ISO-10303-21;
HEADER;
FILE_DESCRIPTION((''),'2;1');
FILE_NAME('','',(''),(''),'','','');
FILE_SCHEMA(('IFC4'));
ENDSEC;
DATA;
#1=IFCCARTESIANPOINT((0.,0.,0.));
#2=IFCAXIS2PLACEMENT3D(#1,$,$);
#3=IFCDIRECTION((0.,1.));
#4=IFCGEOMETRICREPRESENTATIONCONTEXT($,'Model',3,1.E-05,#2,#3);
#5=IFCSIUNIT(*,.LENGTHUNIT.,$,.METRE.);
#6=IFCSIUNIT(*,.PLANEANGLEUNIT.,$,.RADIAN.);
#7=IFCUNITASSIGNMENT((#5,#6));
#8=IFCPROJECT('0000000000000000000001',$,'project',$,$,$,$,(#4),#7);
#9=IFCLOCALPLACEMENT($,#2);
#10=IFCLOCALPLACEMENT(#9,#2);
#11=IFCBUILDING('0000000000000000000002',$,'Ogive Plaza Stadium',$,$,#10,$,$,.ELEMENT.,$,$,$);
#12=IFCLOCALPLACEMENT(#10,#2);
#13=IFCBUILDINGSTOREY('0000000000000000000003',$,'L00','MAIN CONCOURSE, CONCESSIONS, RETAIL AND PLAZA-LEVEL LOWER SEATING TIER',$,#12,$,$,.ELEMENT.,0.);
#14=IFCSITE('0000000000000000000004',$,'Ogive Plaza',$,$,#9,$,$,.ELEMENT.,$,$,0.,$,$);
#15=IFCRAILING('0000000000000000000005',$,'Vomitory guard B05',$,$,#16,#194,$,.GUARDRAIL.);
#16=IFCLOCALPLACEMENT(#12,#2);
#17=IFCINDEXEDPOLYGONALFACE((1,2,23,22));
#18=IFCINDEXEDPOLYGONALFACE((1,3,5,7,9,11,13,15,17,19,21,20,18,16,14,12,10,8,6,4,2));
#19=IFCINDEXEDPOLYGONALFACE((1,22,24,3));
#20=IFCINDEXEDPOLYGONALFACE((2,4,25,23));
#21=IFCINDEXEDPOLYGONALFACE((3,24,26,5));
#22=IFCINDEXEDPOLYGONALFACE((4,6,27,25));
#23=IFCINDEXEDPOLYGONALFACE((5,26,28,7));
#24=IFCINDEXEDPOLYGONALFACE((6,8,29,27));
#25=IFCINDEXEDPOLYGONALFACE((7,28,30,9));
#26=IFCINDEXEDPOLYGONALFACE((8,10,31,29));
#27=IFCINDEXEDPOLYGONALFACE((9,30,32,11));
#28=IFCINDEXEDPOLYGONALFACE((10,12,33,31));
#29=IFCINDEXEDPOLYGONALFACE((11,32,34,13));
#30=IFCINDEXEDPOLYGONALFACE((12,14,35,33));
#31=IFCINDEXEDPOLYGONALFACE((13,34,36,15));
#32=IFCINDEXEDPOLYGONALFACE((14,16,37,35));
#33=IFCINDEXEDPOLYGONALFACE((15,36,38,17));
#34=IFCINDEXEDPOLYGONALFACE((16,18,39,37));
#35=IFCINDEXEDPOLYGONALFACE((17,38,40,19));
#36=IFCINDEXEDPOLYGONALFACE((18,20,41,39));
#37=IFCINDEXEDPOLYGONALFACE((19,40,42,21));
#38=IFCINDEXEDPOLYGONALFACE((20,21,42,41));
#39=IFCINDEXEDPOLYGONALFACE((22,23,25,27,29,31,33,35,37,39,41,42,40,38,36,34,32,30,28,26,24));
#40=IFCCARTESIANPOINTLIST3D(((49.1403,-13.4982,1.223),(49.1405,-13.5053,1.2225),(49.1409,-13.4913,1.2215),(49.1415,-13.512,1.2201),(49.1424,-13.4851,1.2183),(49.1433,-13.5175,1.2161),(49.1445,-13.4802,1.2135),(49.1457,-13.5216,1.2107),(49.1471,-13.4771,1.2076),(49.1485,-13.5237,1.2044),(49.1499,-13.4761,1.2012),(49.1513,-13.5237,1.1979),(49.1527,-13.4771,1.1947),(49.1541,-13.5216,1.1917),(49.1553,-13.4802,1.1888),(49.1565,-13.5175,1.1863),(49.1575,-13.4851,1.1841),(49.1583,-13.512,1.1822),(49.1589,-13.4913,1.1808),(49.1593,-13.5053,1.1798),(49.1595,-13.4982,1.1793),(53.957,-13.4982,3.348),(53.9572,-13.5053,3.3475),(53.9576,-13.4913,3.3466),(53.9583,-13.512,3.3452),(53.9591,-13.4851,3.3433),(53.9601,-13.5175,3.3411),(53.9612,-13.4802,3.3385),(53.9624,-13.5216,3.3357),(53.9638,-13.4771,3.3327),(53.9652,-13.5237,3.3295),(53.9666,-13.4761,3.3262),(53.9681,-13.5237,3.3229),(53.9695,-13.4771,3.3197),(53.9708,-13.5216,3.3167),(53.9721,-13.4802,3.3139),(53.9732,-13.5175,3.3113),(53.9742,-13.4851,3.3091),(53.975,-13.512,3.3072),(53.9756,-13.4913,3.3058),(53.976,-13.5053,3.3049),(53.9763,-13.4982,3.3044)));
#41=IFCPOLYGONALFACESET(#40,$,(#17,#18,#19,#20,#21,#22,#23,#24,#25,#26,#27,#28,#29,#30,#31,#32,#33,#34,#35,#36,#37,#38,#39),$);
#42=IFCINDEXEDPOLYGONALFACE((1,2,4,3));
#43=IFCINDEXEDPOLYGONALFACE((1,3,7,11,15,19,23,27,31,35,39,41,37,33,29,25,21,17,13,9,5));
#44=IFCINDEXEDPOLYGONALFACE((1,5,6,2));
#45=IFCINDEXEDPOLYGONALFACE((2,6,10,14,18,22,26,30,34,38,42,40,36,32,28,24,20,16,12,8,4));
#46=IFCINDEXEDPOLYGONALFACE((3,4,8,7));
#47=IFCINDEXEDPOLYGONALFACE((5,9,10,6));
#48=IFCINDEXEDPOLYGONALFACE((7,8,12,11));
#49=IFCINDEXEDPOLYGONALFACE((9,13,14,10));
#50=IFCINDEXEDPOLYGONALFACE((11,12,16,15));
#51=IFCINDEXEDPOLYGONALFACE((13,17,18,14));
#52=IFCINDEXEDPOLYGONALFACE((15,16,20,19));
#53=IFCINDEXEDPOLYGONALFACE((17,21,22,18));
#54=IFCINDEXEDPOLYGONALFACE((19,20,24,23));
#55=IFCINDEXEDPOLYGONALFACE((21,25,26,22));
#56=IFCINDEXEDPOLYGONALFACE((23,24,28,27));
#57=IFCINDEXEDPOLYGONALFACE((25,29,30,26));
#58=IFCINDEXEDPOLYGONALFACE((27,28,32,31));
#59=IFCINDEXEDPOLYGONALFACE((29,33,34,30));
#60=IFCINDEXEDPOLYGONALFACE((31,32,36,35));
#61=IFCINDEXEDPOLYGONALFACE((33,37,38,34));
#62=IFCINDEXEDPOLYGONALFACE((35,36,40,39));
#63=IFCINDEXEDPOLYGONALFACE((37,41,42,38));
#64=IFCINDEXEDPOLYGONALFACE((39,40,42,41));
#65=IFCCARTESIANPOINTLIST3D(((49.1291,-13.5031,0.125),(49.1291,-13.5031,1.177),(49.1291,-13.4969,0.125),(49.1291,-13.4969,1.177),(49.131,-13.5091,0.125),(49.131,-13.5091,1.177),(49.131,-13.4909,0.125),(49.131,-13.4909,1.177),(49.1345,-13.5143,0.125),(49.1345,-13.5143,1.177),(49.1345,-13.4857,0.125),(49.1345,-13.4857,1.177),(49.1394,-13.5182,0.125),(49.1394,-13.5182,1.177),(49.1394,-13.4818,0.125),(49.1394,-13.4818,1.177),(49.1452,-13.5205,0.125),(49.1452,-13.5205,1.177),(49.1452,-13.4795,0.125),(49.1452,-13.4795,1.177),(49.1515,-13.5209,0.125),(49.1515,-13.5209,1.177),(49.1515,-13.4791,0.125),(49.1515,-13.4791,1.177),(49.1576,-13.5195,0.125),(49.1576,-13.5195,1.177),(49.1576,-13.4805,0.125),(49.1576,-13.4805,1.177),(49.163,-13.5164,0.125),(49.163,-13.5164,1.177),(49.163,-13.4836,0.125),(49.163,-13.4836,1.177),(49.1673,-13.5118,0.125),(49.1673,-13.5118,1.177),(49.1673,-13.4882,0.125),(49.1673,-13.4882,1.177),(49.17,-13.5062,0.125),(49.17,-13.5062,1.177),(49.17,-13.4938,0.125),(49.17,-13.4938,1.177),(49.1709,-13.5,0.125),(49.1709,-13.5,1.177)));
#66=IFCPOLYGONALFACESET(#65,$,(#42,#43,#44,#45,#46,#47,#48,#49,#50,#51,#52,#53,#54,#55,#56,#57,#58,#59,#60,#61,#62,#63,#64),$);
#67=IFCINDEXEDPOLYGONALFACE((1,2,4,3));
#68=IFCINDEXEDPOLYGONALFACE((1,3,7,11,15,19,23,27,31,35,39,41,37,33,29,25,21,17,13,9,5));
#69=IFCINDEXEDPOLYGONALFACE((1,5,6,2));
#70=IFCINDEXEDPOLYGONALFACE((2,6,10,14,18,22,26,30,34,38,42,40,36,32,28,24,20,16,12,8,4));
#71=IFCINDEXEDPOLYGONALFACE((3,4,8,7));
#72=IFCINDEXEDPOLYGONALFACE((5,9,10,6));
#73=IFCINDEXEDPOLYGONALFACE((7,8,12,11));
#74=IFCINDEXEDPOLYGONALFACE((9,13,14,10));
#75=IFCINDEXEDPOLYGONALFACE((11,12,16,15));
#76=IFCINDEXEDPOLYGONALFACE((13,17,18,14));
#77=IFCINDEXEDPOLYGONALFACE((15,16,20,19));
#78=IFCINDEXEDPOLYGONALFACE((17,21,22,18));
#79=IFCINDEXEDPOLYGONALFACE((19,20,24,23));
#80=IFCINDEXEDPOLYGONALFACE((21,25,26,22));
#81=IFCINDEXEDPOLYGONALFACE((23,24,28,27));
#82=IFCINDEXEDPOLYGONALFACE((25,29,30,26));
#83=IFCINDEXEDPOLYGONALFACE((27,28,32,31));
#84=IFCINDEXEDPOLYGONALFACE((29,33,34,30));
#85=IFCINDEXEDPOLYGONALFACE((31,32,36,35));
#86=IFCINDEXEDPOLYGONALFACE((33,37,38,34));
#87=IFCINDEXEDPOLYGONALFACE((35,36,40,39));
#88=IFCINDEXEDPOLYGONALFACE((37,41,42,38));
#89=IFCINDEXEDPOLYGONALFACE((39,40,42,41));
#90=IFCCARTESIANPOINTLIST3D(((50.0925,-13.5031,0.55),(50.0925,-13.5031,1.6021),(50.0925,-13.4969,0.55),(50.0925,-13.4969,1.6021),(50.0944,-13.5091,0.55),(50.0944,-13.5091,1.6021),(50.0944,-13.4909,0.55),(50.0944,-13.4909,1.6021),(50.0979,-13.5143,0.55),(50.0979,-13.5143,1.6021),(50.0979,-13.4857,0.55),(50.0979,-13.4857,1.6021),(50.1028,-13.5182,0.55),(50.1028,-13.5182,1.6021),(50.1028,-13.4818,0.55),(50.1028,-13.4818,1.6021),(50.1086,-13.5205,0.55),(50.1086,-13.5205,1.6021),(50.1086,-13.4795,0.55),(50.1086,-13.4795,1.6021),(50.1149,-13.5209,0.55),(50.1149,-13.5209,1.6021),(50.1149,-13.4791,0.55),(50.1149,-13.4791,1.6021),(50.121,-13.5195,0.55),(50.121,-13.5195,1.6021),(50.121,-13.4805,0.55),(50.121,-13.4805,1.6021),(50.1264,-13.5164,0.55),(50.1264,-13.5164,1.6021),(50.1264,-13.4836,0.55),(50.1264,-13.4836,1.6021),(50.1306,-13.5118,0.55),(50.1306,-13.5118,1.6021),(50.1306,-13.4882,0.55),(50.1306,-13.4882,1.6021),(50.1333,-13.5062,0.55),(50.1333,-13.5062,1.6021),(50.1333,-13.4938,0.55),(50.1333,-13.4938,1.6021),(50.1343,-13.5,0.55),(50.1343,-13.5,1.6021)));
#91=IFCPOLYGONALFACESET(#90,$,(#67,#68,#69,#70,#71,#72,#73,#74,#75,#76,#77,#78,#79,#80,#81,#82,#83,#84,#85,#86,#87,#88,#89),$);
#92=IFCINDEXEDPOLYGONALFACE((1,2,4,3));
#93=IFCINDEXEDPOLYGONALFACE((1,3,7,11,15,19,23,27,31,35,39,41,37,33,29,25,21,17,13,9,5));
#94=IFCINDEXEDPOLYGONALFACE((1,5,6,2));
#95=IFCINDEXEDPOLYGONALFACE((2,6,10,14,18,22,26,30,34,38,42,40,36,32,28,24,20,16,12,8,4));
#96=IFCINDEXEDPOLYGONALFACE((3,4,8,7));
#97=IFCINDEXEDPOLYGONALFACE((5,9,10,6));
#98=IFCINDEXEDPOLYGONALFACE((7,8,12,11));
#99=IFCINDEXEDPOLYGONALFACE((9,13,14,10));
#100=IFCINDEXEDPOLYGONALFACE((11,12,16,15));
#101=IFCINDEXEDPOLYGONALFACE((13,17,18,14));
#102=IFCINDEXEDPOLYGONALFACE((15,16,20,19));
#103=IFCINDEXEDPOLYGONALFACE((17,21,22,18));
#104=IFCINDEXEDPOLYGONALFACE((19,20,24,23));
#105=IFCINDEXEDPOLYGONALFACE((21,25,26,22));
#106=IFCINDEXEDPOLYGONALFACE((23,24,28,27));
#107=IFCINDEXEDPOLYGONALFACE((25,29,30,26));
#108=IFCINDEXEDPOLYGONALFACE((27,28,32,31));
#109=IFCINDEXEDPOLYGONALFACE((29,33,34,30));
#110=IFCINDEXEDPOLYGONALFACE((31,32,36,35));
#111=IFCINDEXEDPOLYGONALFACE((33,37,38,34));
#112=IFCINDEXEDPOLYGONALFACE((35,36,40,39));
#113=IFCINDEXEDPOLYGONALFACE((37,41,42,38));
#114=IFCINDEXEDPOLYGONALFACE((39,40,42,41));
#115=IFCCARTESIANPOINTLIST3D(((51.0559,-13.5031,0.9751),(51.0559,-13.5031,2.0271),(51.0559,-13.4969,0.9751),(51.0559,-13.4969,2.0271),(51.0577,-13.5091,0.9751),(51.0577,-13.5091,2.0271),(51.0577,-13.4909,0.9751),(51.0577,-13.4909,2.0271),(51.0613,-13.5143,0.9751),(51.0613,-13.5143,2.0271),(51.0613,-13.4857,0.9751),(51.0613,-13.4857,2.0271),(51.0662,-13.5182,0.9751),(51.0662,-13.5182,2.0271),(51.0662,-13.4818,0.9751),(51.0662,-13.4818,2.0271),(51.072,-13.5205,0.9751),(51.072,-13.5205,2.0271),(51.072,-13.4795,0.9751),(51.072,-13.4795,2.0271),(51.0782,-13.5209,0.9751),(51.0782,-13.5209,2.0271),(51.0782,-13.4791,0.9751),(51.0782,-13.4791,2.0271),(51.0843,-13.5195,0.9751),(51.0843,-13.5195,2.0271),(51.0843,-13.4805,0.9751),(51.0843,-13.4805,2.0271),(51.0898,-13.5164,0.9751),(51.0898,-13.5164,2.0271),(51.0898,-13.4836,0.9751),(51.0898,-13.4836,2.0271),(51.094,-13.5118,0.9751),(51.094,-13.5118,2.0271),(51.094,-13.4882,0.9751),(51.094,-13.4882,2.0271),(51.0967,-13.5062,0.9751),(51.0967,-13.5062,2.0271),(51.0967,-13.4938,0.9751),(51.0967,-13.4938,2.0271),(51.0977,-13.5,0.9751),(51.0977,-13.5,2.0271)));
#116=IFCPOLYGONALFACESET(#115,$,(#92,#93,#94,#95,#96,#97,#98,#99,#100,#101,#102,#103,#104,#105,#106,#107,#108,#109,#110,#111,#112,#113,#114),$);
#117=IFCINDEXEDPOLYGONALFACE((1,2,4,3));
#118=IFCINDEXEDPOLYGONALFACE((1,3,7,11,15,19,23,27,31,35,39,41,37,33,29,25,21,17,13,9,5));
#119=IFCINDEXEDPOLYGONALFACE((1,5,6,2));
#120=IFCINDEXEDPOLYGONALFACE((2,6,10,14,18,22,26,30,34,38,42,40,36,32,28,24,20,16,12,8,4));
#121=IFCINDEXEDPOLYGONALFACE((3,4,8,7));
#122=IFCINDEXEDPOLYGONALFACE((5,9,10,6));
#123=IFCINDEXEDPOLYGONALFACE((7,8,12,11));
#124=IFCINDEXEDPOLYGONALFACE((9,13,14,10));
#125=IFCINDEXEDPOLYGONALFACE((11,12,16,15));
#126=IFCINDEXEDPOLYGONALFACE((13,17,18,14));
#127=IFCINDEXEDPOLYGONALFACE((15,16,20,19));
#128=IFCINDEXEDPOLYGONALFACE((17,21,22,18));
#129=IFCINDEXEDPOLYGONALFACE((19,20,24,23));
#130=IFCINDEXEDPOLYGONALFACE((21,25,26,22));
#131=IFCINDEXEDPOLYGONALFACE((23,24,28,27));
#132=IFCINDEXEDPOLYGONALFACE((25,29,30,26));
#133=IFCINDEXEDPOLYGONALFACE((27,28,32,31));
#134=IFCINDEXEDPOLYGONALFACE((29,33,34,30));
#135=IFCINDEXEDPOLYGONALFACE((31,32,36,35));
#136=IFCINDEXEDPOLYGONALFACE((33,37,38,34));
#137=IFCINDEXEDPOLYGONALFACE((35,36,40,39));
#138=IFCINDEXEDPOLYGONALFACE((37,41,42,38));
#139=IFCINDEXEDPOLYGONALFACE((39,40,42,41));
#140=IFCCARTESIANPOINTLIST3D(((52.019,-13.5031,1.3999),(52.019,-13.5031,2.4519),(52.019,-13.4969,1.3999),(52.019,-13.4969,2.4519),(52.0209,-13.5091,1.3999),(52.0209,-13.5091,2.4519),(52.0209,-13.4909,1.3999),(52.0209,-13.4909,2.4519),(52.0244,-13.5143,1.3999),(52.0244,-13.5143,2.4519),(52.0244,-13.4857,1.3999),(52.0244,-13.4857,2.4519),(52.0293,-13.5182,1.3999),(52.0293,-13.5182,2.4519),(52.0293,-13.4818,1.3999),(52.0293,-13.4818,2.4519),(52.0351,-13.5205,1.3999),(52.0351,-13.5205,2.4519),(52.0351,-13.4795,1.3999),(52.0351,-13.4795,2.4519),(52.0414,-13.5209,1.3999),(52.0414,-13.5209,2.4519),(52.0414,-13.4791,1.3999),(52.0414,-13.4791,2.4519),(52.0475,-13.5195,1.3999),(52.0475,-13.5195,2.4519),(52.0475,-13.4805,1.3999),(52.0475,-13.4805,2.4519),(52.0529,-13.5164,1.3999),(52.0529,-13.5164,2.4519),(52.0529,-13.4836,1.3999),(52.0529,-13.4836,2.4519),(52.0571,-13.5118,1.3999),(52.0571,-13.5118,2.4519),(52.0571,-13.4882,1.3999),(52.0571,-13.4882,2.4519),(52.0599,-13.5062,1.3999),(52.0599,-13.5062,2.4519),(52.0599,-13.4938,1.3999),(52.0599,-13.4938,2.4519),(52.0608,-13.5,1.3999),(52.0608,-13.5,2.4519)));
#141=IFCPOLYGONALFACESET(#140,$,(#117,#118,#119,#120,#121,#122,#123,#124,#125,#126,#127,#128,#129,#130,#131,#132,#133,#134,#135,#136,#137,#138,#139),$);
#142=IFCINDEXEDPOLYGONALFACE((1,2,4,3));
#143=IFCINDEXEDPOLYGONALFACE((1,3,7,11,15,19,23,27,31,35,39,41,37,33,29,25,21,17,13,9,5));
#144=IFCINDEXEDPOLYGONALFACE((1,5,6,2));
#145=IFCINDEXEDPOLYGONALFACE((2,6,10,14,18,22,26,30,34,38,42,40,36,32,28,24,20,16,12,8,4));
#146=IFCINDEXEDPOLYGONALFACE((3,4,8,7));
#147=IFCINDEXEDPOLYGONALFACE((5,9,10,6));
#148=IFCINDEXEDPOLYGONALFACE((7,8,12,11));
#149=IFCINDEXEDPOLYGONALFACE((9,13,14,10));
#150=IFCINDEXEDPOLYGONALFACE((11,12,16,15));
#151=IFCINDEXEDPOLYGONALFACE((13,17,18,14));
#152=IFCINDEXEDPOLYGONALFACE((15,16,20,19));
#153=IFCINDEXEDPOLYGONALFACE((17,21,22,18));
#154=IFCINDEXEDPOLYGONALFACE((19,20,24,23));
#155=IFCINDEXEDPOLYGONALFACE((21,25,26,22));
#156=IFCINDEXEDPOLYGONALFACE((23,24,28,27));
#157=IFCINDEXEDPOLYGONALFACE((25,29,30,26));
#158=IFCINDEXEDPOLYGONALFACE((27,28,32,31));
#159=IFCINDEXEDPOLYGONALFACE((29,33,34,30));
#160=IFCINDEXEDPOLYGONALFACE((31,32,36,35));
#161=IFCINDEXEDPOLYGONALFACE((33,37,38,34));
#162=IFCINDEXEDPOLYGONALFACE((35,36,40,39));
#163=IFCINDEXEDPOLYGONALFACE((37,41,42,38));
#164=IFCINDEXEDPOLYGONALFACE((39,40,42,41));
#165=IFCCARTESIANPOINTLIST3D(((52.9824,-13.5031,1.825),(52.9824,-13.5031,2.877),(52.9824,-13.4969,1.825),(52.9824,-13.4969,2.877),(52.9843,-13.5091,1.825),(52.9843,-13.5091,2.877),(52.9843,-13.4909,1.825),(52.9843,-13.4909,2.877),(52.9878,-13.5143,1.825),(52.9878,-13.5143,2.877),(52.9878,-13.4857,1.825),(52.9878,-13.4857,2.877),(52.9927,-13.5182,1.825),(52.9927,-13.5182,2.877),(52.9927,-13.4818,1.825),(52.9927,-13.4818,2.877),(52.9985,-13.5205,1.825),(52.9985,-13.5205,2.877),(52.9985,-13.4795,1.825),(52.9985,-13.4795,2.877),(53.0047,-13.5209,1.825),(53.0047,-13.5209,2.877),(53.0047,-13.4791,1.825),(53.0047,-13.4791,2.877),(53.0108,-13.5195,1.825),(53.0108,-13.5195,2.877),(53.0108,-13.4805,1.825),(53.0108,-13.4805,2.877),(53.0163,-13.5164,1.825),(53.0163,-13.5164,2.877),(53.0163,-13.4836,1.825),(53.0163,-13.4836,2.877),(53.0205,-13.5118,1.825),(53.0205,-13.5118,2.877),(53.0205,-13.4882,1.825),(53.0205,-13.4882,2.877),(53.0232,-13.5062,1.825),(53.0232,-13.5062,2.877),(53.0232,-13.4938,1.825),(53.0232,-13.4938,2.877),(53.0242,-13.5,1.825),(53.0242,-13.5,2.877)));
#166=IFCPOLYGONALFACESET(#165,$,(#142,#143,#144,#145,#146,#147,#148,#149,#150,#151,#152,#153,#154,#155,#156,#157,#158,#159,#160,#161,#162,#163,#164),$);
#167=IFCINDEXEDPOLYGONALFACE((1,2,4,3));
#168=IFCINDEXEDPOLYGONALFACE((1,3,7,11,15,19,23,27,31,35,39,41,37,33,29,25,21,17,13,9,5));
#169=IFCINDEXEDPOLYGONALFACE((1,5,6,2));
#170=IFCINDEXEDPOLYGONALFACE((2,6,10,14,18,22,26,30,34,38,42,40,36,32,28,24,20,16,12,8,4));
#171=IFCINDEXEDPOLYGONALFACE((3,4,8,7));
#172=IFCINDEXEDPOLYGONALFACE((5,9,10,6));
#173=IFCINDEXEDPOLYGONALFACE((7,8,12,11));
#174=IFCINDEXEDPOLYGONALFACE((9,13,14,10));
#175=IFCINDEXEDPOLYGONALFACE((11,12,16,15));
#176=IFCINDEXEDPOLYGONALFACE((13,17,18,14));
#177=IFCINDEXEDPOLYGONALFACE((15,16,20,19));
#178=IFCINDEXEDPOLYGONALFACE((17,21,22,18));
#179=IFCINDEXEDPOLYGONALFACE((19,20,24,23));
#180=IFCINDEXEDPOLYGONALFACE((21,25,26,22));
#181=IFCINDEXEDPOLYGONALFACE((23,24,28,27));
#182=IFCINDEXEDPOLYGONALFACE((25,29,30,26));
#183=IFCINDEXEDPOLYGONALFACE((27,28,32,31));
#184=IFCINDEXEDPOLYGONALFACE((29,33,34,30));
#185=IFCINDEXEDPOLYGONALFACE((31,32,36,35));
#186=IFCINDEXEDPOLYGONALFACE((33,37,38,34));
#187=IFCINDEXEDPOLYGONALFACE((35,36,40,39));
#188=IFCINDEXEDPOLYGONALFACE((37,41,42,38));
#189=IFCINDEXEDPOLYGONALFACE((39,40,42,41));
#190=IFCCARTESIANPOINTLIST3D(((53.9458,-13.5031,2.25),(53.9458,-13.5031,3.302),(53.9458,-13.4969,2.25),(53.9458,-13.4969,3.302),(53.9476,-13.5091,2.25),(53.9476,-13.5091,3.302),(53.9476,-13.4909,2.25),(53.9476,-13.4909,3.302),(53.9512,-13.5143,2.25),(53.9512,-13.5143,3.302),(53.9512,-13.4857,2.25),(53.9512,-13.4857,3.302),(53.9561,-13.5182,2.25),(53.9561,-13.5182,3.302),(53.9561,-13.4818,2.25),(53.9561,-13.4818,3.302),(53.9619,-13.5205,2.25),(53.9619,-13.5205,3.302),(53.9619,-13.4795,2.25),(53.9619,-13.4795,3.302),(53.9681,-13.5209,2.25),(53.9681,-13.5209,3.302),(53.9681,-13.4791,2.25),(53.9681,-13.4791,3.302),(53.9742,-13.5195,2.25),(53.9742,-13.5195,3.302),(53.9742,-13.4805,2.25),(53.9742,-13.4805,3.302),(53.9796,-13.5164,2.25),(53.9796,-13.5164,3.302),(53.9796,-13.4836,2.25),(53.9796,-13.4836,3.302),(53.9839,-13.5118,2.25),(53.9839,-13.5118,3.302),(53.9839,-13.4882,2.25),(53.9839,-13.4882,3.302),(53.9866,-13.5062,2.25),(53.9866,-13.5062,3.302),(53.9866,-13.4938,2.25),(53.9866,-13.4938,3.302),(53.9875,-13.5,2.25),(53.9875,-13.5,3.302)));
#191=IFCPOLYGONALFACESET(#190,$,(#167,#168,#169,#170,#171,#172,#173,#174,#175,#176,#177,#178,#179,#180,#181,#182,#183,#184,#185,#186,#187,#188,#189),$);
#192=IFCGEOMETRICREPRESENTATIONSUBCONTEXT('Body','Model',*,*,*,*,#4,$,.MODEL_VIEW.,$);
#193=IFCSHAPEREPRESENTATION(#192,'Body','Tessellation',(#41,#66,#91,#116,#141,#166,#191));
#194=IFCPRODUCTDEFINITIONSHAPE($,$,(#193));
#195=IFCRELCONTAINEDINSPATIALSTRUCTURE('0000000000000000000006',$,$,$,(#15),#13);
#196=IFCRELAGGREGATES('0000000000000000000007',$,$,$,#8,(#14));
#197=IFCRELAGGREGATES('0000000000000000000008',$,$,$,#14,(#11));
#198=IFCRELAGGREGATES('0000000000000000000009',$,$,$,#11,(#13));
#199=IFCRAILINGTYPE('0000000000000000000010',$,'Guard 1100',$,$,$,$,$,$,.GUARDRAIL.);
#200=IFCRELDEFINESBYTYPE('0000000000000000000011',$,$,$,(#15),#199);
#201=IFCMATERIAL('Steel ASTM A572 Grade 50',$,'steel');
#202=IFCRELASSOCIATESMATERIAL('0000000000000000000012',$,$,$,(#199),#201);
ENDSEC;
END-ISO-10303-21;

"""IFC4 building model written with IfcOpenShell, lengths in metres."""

from ifc_helpers import new_model, si_unit, direction, frame, origin, origin_2d, place, context, subcontext, project, spatial, circle, extrude, material, type_object, element, save


model = new_model("IFC4")

# Units and contexts
model_context = context("Model", 3, precision=1e-05, world=origin(), true_north=direction((0.0, 1.0)))
body_context = subcontext(model_context, "Body", "Model", "MODEL_VIEW")
ifc_project = project(units=[si_unit("LENGTHUNIT", "METRE"), si_unit("PLANEANGLEUNIT", "RADIAN")], contexts=[model_context])

# Site, building, storey
site_placement = place(None, origin())
site = spatial("IfcSite", under=ifc_project, at=site_placement, Name="Ogive Plaza", CompositionType="ELEMENT", RefElevation=0.0)
building_placement = place(site_placement, origin())
building = spatial("IfcBuilding", under=site, at=building_placement, Name="Ogive Plaza Stadium", CompositionType="ELEMENT")
storey_placement = place(building_placement, origin())
storey = spatial("IfcBuildingStorey", under=building, at=storey_placement, Name="L00", Description="MAIN CONCOURSE, CONCESSIONS, RETAIL AND PLAZA-LEVEL LOWER SEATING TIER", CompositionType="ELEMENT", Elevation=0.0)

# Railing
ifc_material_1 = material(Name="Steel ASTM A572 Grade 50", Category="steel")
railing_type = type_object("IfcRailingType", Name="Guard 1100", PredefinedType="GUARDRAIL", material=ifc_material_1)
for number, where, name in (
    (1, (49.1499, -13.5, 0.125), "Vomitory guard B05"),
):
    element("IfcRailing", number, at=place(storey_placement, frame(where)), inside=storey, type_object=railing_type, Name=name, PredefinedType="GUARDRAIL", context=body_context, shape_type="SweptSolid", body=[
        extrude(circle(Radius=0.0239, at=origin_2d()), frame((0.0, 0.0, 1.0762), z_axis=(0.914917, 0.0, 0.403641), x_axis=(0.0, 1.0, 0.0)), (0.0, 0.0, 1.0), 5.2646),
        extrude(circle(Radius=0.021, at=origin_2d()), origin(), (0.0, 0.0, 1.0), 1.052),
        extrude(circle(Radius=0.021, at=origin_2d()), frame((0.9634, 0.0, 0.425)), (0.0, 0.0, 1.0), 1.052),
        extrude(circle(Radius=0.021, at=origin_2d()), frame((1.9268, 0.0, 0.8501)), (0.0, 0.0, 1.0), 1.052),
        extrude(circle(Radius=0.021, at=origin_2d()), frame((2.8899, 0.0, 1.2749)), (0.0, 0.0, 1.0), 1.052),
        extrude(circle(Radius=0.021, at=origin_2d()), frame((3.8533, 0.0, 1.7)), (0.0, 0.0, 1.0), 1.052),
        extrude(circle(Radius=0.021, at=origin_2d()), frame((4.8167, 0.0, 2.125)), (0.0, 0.0, 1.0), 1.052),
    ])

save(model, "model.ifc")
